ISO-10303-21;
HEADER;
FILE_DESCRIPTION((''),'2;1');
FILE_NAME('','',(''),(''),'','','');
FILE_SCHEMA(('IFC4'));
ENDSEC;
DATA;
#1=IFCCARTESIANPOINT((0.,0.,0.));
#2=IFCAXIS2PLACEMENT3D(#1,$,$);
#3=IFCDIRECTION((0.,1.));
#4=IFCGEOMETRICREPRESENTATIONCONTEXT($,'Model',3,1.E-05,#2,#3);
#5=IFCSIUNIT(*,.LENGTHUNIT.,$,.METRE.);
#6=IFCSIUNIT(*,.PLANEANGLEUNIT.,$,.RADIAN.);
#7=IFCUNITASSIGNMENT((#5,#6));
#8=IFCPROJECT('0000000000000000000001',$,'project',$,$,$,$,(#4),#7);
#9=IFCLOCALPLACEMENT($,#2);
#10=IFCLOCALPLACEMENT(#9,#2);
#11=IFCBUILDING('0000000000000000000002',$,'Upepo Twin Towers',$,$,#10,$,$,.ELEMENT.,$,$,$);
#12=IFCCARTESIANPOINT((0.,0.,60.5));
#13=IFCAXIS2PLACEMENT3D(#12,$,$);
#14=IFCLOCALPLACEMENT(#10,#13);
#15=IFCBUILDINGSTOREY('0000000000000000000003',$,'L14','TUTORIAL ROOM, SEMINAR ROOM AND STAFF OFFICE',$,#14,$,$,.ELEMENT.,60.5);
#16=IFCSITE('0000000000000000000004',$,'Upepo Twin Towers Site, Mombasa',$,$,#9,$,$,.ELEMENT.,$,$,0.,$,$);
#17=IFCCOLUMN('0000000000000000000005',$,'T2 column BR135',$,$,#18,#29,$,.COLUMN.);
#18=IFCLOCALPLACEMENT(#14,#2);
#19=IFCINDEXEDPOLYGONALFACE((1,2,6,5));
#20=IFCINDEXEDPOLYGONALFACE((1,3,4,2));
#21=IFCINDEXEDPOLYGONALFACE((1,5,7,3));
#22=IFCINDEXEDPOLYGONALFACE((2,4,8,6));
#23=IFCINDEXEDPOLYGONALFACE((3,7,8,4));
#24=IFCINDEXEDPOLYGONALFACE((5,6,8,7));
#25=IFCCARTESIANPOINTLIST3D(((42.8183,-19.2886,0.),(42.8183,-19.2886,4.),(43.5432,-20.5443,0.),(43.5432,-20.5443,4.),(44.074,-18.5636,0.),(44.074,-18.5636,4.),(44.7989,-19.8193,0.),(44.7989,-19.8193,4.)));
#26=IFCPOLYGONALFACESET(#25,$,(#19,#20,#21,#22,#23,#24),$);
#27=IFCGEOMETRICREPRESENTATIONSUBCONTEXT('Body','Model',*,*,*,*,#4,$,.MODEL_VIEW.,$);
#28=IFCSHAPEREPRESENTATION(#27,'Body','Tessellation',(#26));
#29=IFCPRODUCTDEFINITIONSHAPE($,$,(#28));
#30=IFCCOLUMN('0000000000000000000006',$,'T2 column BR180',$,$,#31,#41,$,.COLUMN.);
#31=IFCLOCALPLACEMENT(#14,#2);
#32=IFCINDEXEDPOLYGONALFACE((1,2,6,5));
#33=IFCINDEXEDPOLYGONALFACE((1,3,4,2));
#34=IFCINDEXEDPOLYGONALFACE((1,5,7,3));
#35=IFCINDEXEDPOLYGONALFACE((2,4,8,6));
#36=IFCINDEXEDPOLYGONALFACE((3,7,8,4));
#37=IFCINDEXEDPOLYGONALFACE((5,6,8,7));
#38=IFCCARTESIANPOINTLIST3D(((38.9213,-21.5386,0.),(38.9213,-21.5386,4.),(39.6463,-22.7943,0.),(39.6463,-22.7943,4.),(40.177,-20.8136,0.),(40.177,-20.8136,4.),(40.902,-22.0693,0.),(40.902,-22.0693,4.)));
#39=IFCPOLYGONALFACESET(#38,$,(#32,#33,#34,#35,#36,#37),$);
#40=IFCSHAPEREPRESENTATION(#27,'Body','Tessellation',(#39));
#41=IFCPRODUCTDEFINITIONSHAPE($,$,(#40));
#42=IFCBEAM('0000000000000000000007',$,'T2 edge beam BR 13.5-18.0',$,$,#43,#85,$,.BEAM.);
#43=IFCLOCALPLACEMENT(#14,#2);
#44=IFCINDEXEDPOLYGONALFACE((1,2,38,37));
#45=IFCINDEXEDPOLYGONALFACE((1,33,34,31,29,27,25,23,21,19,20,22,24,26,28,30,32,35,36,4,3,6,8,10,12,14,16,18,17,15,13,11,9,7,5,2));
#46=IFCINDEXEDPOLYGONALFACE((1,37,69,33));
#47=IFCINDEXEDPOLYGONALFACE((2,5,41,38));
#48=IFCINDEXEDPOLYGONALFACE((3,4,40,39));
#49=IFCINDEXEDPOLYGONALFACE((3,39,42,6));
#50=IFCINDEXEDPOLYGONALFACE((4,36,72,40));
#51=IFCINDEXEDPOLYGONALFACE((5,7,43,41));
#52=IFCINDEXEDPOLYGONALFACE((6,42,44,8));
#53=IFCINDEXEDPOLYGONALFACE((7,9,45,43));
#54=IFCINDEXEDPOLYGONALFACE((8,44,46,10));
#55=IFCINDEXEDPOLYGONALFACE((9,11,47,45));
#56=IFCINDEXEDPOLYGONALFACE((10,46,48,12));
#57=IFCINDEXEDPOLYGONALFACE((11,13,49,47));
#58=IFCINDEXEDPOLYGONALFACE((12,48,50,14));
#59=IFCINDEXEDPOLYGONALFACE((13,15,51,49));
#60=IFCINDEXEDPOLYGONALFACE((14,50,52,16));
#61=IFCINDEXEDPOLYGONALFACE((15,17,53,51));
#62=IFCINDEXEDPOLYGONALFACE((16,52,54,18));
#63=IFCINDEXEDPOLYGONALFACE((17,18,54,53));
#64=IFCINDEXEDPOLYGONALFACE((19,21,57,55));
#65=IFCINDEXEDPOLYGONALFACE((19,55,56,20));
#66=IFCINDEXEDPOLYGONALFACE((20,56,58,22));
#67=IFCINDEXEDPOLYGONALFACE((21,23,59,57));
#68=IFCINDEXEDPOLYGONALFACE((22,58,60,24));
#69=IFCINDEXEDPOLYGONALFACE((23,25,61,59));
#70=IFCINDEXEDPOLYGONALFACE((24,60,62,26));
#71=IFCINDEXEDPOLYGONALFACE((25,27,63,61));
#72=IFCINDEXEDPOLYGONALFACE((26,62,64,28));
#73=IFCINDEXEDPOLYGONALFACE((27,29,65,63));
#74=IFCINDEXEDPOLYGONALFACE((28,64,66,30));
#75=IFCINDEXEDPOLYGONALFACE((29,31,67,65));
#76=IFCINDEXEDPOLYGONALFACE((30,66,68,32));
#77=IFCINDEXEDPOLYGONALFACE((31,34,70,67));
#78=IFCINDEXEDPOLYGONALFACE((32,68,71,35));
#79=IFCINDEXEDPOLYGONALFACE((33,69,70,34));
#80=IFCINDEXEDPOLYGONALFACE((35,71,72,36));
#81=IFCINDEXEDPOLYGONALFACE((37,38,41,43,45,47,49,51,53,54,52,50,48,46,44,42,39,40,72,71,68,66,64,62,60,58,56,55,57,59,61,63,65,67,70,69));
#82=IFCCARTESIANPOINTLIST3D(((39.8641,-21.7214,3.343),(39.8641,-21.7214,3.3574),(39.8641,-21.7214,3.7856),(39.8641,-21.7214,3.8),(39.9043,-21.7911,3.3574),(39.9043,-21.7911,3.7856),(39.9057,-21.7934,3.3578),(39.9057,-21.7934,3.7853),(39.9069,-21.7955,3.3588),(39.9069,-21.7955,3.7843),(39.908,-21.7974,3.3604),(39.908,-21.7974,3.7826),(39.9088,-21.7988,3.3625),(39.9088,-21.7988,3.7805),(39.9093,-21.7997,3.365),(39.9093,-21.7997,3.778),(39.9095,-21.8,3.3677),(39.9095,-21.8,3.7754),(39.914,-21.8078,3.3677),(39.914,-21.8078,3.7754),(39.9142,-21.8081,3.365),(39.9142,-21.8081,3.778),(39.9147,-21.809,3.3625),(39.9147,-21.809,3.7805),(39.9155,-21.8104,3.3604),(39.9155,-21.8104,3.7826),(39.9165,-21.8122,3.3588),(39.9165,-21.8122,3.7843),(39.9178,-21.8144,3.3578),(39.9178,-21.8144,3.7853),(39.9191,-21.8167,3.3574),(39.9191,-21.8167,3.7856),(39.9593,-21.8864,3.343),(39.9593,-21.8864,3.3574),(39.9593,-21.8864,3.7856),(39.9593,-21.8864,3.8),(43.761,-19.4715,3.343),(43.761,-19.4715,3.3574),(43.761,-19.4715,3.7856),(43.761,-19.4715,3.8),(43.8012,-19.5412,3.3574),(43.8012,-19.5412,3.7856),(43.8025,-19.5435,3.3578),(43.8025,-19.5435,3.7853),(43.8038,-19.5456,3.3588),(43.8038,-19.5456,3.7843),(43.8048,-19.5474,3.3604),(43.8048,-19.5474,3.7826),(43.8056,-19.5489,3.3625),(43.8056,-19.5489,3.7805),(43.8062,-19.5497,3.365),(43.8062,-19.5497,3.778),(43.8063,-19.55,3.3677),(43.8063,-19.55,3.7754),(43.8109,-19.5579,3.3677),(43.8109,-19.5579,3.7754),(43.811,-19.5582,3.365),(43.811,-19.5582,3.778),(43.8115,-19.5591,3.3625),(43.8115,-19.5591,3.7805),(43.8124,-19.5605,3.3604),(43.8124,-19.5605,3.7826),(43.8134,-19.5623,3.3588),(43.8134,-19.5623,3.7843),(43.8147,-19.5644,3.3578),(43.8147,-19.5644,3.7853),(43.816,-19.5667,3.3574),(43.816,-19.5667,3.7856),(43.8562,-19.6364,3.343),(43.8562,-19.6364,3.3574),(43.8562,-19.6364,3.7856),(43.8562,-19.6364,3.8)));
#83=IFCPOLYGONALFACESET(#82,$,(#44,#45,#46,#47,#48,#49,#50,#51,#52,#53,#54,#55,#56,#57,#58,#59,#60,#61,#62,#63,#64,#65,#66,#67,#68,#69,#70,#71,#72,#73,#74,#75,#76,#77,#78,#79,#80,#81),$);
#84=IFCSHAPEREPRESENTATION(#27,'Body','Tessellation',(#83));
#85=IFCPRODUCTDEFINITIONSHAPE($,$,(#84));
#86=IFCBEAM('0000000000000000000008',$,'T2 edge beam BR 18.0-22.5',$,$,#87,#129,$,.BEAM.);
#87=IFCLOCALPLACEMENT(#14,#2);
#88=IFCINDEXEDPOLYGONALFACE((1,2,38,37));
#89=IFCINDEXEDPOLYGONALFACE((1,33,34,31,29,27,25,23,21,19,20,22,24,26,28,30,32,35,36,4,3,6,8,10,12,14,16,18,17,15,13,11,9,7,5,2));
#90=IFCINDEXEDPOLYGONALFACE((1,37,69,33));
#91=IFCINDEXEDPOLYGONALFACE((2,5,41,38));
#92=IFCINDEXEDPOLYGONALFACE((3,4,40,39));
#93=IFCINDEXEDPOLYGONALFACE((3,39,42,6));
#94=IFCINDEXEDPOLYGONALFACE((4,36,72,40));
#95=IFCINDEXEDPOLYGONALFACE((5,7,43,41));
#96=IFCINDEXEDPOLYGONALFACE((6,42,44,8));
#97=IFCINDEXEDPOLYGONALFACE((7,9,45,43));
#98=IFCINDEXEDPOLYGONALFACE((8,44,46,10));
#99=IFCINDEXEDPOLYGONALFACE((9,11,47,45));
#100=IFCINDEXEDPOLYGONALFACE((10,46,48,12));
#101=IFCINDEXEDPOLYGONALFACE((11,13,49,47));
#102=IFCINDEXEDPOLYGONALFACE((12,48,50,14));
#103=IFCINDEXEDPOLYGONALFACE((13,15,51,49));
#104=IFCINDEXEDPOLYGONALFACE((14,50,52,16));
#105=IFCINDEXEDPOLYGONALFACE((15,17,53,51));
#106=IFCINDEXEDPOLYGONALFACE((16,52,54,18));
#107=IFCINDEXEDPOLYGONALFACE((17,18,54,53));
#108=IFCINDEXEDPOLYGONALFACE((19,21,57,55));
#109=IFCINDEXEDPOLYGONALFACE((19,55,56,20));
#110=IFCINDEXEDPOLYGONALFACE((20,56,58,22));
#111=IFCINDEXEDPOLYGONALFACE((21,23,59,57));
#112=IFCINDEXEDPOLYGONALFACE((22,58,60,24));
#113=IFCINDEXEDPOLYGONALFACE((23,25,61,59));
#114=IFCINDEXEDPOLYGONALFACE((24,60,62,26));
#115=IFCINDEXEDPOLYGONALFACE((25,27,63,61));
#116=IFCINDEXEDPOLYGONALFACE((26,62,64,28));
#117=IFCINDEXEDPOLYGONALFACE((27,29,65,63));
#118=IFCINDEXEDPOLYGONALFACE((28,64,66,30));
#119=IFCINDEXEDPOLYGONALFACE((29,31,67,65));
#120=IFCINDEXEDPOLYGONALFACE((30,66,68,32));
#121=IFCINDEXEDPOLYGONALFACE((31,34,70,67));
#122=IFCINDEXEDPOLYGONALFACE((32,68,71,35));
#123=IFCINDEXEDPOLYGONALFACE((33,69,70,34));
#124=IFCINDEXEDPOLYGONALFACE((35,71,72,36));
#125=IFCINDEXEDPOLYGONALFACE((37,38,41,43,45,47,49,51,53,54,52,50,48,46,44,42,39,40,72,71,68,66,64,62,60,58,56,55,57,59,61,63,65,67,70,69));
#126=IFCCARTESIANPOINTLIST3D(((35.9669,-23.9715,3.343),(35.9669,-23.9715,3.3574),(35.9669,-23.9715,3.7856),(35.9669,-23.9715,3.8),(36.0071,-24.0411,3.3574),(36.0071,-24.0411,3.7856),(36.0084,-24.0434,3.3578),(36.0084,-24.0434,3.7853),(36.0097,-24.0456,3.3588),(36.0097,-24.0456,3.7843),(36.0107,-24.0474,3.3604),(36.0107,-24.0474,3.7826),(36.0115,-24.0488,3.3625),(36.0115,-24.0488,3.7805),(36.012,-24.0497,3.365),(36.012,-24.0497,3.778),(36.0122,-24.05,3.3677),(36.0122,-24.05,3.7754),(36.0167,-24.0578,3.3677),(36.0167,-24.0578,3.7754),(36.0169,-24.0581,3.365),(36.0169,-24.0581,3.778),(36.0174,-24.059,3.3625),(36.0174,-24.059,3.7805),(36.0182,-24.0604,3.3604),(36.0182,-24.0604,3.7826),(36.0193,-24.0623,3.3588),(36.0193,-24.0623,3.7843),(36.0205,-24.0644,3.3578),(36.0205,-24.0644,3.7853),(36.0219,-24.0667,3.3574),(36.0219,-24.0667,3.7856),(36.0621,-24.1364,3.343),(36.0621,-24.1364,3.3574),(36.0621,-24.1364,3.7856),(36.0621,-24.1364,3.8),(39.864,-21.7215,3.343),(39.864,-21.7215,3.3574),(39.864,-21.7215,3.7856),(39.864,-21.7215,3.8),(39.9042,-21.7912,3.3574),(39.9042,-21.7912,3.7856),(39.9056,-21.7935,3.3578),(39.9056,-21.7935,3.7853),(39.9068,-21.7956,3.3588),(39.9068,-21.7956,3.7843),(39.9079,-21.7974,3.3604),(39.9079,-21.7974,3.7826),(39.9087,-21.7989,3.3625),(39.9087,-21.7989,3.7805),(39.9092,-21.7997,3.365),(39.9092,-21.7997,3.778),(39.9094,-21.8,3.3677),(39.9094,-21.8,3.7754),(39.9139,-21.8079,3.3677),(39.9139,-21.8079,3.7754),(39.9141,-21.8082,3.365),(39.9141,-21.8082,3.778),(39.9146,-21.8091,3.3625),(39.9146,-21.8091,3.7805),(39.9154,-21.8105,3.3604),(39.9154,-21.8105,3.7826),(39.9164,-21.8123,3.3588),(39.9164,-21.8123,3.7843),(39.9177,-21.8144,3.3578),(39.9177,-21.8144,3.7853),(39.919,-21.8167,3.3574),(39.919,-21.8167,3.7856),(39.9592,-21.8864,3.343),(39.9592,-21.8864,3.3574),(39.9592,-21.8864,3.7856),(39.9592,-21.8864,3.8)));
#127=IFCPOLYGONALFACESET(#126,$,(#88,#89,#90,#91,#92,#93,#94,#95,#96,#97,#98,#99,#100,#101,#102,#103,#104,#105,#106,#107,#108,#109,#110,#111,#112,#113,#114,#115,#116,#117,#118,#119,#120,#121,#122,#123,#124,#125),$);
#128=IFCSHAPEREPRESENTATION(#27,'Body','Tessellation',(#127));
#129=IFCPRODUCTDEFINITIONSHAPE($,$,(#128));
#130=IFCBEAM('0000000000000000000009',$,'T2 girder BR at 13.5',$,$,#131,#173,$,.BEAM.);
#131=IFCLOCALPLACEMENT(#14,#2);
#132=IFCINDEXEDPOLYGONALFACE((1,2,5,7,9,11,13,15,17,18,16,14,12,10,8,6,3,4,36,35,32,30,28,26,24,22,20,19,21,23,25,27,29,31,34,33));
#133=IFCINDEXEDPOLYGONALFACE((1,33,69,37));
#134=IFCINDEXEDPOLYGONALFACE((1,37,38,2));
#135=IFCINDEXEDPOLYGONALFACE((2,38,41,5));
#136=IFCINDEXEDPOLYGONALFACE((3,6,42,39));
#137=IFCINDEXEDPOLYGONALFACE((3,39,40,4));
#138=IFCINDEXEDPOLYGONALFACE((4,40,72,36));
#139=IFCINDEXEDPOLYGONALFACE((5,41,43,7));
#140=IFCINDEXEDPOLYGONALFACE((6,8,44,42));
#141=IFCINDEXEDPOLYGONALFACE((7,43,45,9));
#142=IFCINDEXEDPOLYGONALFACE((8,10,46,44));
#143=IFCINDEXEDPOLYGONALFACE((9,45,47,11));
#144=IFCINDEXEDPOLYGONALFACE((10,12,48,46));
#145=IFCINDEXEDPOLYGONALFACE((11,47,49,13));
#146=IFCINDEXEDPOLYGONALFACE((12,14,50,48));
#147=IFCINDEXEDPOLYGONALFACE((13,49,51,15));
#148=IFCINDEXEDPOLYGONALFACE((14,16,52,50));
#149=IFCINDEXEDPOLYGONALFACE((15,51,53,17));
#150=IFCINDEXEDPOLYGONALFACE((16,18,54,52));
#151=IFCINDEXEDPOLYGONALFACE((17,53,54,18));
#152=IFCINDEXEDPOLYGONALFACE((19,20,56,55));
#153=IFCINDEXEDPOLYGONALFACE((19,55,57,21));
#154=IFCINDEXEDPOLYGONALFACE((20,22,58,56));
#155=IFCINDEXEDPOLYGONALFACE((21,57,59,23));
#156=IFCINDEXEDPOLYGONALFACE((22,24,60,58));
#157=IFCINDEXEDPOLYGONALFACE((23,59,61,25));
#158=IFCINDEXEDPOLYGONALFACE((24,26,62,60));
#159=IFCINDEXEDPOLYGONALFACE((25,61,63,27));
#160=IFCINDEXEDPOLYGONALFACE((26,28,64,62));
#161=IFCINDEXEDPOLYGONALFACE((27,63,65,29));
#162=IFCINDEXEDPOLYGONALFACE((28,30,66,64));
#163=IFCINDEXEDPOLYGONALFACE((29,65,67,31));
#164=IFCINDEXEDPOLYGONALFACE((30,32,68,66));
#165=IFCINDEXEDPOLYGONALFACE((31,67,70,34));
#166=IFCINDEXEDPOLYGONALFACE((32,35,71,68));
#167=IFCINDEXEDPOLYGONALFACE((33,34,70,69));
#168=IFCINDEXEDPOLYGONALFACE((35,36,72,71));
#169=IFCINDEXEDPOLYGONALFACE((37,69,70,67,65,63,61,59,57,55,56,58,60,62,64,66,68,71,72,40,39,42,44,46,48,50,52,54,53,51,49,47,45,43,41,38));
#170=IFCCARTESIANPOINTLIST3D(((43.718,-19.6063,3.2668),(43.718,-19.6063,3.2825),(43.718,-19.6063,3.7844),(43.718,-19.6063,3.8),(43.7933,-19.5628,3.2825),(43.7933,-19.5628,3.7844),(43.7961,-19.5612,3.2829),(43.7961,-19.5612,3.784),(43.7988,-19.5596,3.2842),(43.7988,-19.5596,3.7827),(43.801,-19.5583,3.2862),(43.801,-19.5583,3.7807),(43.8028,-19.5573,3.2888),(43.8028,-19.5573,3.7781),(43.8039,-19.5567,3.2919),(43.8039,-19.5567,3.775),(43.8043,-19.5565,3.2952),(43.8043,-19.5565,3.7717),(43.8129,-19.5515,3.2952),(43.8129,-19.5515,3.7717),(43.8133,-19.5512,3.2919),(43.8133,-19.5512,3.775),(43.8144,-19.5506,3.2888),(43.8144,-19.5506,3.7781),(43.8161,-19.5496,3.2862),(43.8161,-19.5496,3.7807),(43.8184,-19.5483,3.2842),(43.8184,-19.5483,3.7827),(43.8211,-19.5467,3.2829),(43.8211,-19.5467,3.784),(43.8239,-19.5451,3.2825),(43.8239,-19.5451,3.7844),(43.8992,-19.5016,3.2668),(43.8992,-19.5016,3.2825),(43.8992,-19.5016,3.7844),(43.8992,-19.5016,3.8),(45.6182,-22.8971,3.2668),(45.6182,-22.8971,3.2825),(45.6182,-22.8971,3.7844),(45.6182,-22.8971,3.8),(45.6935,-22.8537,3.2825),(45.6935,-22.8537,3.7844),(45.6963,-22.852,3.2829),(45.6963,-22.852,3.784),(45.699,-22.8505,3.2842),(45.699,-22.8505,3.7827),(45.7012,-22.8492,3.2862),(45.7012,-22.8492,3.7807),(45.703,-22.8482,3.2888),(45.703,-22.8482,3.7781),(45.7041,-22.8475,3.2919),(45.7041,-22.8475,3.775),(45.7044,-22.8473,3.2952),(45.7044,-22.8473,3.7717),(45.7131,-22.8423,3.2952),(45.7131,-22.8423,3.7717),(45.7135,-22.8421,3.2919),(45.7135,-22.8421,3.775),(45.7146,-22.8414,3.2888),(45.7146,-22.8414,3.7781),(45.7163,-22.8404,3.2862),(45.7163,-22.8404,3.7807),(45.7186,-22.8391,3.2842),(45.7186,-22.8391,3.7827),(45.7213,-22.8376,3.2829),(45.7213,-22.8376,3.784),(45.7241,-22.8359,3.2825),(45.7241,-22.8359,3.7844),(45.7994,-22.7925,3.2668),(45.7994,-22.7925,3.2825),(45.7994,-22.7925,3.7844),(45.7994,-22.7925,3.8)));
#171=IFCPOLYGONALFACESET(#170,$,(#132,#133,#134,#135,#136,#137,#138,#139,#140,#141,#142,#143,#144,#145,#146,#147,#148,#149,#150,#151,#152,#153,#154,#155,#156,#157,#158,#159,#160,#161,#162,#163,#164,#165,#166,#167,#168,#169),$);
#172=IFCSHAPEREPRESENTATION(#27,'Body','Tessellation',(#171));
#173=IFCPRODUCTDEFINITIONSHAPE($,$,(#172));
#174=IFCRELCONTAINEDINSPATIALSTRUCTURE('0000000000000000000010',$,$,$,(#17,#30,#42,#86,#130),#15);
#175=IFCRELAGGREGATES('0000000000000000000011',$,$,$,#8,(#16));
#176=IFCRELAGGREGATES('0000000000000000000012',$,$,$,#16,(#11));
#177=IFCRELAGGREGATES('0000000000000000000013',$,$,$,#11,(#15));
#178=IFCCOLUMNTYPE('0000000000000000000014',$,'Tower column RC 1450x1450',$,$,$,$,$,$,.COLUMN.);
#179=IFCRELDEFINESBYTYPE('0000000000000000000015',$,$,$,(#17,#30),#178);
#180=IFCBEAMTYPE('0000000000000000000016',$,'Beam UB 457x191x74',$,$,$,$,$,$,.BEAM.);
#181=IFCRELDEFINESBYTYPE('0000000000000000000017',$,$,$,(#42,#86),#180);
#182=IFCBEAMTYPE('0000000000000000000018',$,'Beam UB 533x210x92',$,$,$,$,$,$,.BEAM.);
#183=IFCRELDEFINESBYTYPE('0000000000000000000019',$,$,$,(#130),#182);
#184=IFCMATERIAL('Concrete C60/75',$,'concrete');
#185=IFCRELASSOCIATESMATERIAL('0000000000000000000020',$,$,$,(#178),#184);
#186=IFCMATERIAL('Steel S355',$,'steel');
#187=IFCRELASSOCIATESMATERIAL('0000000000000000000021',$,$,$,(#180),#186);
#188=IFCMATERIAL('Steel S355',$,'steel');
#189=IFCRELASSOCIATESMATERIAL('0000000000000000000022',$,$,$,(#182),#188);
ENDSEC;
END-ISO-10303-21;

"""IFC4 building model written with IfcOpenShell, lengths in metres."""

from ifc_helpers import new_model, si_unit, direction, frame, origin, origin_2d, place, context, subcontext, project, spatial, rectangle, i_section, extrude, material, material_profile, profile_set, type_object, element, save


model = new_model("IFC4")

# Units and contexts
model_context = context("Model", 3, precision=1e-05, world=origin(), true_north=direction((0.0, 1.0)))
body_context = subcontext(model_context, "Body", "Model", "MODEL_VIEW")
ifc_project = project(units=[si_unit("LENGTHUNIT", "METRE"), si_unit("PLANEANGLEUNIT", "RADIAN")], contexts=[model_context])

# Site, building, storey
site_placement = place(None, origin())
site = spatial("IfcSite", under=ifc_project, at=site_placement, Name="Upepo Twin Towers Site, Mombasa", CompositionType="ELEMENT", RefElevation=0.0)
building_placement = place(site_placement, origin())
building = spatial("IfcBuilding", under=site, at=building_placement, Name="Upepo Twin Towers", CompositionType="ELEMENT")
storey_placement = place(building_placement, frame((0.0, 0.0, 60.5)))
storey = spatial("IfcBuildingStorey", under=building, at=storey_placement, Name="L14", Description="TUTORIAL ROOM, SEMINAR ROOM AND STAFF OFFICE", CompositionType="ELEMENT", Elevation=60.5)

# Columns
ifc_material_1 = material(Name="Concrete C60/75", Category="concrete")
ifc_material_profile_1 = material_profile(ifc_material_1, rectangle(XDim=1.45, YDim=1.45, at=origin_2d()), Name="RC 1450x1450")
ifc_profile_set_1 = profile_set([ifc_material_profile_1], Name="Concrete C60/75")
column_type = type_object("IfcColumnType", Name="Tower column RC 1450x1450", PredefinedType="COLUMN", material=ifc_profile_set_1)
for number, where, z_axis, x_axis, name in (
    (1, (43.8086, -19.554, 0.0), (0.0, 0.0, 1.0), (0.866025, 0.5, 0.0), "T2 column BR135"),
    (2, (39.9116, -21.804, 0.0), (0.0, 0.0, 1.0), (0.866025, 0.5, 0.0), "T2 column BR180"),
):
    element("IfcColumn", number, at=place(storey_placement, frame(where, z_axis=z_axis, x_axis=x_axis)), inside=storey, type_object=column_type, Name=name, PredefinedType="COLUMN", context=body_context, shape_type="SweptSolid", body=[
        extrude(rectangle(XDim=1.45, YDim=1.45, at=origin_2d()), origin(), (0.0, 0.0, 1.0), 4.0),
    ])

# Beams
ifc_material_2 = material(Name="Steel S355", Category="steel")
ifc_material_profile_2 = material_profile(ifc_material_2, i_section(OverallWidth=0.1904, OverallDepth=0.457, WebThickness=0.009, FlangeThickness=0.0144, FilletRadius=0.0103, at=origin_2d()), Name="UB 457x191x74")
ifc_profile_set_2 = profile_set([ifc_material_profile_2], Name="Steel S355")
beam_type_1 = type_object("IfcBeamType", Name="Beam UB 457x191x74", PredefinedType="BEAM", material=ifc_profile_set_2)
beam_1_placement = place(storey_placement, frame((43.8086, -19.554, 3.5715), z_axis=(-0.866018, -0.500014, 0.0), x_axis=(0.500014, -0.866018, 0.0)))
element("IfcBeam", 3, at=beam_1_placement, inside=storey, type_object=beam_type_1, Name="T2 edge beam BR 13.5-18.0", PredefinedType="BEAM", context=body_context, shape_type="SweptSolid", body=[
    extrude(i_section(OverallWidth=0.1904, OverallDepth=0.457, WebThickness=0.009, FlangeThickness=0.0144, FilletRadius=0.0103, at=origin_2d()), origin(), (0.0, 0.0, 1.0), 4.4998),
])
beam_2_placement = place(storey_placement, frame((39.9116, -21.804, 3.5715), z_axis=(-0.866031, -0.49999, 0.0), x_axis=(0.49999, -0.866031, 0.0)))
element("IfcBeam", 4, at=beam_2_placement, inside=storey, type_object=beam_type_1, Name="T2 edge beam BR 18.0-22.5", PredefinedType="BEAM", context=body_context, shape_type="SweptSolid", body=[
    extrude(i_section(OverallWidth=0.1904, OverallDepth=0.457, WebThickness=0.009, FlangeThickness=0.0144, FilletRadius=0.0103, at=origin_2d()), origin(), (0.0, 0.0, 1.0), 4.5),
])
ifc_material_3 = material(Name="Steel S355", Category="steel")
ifc_material_profile_3 = material_profile(ifc_material_3, i_section(OverallWidth=0.2092, OverallDepth=0.5332, WebThickness=0.01, FlangeThickness=0.0156, FilletRadius=0.0127, at=origin_2d()), Name="UB 533x210x92")
ifc_profile_set_3 = profile_set([ifc_material_profile_3], Name="Steel S355")
beam_type_2 = type_object("IfcBeamType", Name="Beam UB 533x210x92", PredefinedType="BEAM", material=ifc_profile_set_3)
beam_3_placement = place(storey_placement, frame((43.8086, -19.554, 3.5334), z_axis=(0.500043, -0.866, 0.0), x_axis=(0.866, 0.500043, 0.0)))
element("IfcBeam", 5, at=beam_3_placement, inside=storey, type_object=beam_type_2, Name="T2 girder BR at 13.5", PredefinedType="BEAM", context=body_context, shape_type="SweptSolid", body=[
    extrude(i_section(OverallWidth=0.2092, OverallDepth=0.5332, WebThickness=0.01, FlangeThickness=0.0156, FilletRadius=0.0127, at=origin_2d()), origin(), (0.0, 0.0, 1.0), 3.8),
])

save(model, "model.ifc")
